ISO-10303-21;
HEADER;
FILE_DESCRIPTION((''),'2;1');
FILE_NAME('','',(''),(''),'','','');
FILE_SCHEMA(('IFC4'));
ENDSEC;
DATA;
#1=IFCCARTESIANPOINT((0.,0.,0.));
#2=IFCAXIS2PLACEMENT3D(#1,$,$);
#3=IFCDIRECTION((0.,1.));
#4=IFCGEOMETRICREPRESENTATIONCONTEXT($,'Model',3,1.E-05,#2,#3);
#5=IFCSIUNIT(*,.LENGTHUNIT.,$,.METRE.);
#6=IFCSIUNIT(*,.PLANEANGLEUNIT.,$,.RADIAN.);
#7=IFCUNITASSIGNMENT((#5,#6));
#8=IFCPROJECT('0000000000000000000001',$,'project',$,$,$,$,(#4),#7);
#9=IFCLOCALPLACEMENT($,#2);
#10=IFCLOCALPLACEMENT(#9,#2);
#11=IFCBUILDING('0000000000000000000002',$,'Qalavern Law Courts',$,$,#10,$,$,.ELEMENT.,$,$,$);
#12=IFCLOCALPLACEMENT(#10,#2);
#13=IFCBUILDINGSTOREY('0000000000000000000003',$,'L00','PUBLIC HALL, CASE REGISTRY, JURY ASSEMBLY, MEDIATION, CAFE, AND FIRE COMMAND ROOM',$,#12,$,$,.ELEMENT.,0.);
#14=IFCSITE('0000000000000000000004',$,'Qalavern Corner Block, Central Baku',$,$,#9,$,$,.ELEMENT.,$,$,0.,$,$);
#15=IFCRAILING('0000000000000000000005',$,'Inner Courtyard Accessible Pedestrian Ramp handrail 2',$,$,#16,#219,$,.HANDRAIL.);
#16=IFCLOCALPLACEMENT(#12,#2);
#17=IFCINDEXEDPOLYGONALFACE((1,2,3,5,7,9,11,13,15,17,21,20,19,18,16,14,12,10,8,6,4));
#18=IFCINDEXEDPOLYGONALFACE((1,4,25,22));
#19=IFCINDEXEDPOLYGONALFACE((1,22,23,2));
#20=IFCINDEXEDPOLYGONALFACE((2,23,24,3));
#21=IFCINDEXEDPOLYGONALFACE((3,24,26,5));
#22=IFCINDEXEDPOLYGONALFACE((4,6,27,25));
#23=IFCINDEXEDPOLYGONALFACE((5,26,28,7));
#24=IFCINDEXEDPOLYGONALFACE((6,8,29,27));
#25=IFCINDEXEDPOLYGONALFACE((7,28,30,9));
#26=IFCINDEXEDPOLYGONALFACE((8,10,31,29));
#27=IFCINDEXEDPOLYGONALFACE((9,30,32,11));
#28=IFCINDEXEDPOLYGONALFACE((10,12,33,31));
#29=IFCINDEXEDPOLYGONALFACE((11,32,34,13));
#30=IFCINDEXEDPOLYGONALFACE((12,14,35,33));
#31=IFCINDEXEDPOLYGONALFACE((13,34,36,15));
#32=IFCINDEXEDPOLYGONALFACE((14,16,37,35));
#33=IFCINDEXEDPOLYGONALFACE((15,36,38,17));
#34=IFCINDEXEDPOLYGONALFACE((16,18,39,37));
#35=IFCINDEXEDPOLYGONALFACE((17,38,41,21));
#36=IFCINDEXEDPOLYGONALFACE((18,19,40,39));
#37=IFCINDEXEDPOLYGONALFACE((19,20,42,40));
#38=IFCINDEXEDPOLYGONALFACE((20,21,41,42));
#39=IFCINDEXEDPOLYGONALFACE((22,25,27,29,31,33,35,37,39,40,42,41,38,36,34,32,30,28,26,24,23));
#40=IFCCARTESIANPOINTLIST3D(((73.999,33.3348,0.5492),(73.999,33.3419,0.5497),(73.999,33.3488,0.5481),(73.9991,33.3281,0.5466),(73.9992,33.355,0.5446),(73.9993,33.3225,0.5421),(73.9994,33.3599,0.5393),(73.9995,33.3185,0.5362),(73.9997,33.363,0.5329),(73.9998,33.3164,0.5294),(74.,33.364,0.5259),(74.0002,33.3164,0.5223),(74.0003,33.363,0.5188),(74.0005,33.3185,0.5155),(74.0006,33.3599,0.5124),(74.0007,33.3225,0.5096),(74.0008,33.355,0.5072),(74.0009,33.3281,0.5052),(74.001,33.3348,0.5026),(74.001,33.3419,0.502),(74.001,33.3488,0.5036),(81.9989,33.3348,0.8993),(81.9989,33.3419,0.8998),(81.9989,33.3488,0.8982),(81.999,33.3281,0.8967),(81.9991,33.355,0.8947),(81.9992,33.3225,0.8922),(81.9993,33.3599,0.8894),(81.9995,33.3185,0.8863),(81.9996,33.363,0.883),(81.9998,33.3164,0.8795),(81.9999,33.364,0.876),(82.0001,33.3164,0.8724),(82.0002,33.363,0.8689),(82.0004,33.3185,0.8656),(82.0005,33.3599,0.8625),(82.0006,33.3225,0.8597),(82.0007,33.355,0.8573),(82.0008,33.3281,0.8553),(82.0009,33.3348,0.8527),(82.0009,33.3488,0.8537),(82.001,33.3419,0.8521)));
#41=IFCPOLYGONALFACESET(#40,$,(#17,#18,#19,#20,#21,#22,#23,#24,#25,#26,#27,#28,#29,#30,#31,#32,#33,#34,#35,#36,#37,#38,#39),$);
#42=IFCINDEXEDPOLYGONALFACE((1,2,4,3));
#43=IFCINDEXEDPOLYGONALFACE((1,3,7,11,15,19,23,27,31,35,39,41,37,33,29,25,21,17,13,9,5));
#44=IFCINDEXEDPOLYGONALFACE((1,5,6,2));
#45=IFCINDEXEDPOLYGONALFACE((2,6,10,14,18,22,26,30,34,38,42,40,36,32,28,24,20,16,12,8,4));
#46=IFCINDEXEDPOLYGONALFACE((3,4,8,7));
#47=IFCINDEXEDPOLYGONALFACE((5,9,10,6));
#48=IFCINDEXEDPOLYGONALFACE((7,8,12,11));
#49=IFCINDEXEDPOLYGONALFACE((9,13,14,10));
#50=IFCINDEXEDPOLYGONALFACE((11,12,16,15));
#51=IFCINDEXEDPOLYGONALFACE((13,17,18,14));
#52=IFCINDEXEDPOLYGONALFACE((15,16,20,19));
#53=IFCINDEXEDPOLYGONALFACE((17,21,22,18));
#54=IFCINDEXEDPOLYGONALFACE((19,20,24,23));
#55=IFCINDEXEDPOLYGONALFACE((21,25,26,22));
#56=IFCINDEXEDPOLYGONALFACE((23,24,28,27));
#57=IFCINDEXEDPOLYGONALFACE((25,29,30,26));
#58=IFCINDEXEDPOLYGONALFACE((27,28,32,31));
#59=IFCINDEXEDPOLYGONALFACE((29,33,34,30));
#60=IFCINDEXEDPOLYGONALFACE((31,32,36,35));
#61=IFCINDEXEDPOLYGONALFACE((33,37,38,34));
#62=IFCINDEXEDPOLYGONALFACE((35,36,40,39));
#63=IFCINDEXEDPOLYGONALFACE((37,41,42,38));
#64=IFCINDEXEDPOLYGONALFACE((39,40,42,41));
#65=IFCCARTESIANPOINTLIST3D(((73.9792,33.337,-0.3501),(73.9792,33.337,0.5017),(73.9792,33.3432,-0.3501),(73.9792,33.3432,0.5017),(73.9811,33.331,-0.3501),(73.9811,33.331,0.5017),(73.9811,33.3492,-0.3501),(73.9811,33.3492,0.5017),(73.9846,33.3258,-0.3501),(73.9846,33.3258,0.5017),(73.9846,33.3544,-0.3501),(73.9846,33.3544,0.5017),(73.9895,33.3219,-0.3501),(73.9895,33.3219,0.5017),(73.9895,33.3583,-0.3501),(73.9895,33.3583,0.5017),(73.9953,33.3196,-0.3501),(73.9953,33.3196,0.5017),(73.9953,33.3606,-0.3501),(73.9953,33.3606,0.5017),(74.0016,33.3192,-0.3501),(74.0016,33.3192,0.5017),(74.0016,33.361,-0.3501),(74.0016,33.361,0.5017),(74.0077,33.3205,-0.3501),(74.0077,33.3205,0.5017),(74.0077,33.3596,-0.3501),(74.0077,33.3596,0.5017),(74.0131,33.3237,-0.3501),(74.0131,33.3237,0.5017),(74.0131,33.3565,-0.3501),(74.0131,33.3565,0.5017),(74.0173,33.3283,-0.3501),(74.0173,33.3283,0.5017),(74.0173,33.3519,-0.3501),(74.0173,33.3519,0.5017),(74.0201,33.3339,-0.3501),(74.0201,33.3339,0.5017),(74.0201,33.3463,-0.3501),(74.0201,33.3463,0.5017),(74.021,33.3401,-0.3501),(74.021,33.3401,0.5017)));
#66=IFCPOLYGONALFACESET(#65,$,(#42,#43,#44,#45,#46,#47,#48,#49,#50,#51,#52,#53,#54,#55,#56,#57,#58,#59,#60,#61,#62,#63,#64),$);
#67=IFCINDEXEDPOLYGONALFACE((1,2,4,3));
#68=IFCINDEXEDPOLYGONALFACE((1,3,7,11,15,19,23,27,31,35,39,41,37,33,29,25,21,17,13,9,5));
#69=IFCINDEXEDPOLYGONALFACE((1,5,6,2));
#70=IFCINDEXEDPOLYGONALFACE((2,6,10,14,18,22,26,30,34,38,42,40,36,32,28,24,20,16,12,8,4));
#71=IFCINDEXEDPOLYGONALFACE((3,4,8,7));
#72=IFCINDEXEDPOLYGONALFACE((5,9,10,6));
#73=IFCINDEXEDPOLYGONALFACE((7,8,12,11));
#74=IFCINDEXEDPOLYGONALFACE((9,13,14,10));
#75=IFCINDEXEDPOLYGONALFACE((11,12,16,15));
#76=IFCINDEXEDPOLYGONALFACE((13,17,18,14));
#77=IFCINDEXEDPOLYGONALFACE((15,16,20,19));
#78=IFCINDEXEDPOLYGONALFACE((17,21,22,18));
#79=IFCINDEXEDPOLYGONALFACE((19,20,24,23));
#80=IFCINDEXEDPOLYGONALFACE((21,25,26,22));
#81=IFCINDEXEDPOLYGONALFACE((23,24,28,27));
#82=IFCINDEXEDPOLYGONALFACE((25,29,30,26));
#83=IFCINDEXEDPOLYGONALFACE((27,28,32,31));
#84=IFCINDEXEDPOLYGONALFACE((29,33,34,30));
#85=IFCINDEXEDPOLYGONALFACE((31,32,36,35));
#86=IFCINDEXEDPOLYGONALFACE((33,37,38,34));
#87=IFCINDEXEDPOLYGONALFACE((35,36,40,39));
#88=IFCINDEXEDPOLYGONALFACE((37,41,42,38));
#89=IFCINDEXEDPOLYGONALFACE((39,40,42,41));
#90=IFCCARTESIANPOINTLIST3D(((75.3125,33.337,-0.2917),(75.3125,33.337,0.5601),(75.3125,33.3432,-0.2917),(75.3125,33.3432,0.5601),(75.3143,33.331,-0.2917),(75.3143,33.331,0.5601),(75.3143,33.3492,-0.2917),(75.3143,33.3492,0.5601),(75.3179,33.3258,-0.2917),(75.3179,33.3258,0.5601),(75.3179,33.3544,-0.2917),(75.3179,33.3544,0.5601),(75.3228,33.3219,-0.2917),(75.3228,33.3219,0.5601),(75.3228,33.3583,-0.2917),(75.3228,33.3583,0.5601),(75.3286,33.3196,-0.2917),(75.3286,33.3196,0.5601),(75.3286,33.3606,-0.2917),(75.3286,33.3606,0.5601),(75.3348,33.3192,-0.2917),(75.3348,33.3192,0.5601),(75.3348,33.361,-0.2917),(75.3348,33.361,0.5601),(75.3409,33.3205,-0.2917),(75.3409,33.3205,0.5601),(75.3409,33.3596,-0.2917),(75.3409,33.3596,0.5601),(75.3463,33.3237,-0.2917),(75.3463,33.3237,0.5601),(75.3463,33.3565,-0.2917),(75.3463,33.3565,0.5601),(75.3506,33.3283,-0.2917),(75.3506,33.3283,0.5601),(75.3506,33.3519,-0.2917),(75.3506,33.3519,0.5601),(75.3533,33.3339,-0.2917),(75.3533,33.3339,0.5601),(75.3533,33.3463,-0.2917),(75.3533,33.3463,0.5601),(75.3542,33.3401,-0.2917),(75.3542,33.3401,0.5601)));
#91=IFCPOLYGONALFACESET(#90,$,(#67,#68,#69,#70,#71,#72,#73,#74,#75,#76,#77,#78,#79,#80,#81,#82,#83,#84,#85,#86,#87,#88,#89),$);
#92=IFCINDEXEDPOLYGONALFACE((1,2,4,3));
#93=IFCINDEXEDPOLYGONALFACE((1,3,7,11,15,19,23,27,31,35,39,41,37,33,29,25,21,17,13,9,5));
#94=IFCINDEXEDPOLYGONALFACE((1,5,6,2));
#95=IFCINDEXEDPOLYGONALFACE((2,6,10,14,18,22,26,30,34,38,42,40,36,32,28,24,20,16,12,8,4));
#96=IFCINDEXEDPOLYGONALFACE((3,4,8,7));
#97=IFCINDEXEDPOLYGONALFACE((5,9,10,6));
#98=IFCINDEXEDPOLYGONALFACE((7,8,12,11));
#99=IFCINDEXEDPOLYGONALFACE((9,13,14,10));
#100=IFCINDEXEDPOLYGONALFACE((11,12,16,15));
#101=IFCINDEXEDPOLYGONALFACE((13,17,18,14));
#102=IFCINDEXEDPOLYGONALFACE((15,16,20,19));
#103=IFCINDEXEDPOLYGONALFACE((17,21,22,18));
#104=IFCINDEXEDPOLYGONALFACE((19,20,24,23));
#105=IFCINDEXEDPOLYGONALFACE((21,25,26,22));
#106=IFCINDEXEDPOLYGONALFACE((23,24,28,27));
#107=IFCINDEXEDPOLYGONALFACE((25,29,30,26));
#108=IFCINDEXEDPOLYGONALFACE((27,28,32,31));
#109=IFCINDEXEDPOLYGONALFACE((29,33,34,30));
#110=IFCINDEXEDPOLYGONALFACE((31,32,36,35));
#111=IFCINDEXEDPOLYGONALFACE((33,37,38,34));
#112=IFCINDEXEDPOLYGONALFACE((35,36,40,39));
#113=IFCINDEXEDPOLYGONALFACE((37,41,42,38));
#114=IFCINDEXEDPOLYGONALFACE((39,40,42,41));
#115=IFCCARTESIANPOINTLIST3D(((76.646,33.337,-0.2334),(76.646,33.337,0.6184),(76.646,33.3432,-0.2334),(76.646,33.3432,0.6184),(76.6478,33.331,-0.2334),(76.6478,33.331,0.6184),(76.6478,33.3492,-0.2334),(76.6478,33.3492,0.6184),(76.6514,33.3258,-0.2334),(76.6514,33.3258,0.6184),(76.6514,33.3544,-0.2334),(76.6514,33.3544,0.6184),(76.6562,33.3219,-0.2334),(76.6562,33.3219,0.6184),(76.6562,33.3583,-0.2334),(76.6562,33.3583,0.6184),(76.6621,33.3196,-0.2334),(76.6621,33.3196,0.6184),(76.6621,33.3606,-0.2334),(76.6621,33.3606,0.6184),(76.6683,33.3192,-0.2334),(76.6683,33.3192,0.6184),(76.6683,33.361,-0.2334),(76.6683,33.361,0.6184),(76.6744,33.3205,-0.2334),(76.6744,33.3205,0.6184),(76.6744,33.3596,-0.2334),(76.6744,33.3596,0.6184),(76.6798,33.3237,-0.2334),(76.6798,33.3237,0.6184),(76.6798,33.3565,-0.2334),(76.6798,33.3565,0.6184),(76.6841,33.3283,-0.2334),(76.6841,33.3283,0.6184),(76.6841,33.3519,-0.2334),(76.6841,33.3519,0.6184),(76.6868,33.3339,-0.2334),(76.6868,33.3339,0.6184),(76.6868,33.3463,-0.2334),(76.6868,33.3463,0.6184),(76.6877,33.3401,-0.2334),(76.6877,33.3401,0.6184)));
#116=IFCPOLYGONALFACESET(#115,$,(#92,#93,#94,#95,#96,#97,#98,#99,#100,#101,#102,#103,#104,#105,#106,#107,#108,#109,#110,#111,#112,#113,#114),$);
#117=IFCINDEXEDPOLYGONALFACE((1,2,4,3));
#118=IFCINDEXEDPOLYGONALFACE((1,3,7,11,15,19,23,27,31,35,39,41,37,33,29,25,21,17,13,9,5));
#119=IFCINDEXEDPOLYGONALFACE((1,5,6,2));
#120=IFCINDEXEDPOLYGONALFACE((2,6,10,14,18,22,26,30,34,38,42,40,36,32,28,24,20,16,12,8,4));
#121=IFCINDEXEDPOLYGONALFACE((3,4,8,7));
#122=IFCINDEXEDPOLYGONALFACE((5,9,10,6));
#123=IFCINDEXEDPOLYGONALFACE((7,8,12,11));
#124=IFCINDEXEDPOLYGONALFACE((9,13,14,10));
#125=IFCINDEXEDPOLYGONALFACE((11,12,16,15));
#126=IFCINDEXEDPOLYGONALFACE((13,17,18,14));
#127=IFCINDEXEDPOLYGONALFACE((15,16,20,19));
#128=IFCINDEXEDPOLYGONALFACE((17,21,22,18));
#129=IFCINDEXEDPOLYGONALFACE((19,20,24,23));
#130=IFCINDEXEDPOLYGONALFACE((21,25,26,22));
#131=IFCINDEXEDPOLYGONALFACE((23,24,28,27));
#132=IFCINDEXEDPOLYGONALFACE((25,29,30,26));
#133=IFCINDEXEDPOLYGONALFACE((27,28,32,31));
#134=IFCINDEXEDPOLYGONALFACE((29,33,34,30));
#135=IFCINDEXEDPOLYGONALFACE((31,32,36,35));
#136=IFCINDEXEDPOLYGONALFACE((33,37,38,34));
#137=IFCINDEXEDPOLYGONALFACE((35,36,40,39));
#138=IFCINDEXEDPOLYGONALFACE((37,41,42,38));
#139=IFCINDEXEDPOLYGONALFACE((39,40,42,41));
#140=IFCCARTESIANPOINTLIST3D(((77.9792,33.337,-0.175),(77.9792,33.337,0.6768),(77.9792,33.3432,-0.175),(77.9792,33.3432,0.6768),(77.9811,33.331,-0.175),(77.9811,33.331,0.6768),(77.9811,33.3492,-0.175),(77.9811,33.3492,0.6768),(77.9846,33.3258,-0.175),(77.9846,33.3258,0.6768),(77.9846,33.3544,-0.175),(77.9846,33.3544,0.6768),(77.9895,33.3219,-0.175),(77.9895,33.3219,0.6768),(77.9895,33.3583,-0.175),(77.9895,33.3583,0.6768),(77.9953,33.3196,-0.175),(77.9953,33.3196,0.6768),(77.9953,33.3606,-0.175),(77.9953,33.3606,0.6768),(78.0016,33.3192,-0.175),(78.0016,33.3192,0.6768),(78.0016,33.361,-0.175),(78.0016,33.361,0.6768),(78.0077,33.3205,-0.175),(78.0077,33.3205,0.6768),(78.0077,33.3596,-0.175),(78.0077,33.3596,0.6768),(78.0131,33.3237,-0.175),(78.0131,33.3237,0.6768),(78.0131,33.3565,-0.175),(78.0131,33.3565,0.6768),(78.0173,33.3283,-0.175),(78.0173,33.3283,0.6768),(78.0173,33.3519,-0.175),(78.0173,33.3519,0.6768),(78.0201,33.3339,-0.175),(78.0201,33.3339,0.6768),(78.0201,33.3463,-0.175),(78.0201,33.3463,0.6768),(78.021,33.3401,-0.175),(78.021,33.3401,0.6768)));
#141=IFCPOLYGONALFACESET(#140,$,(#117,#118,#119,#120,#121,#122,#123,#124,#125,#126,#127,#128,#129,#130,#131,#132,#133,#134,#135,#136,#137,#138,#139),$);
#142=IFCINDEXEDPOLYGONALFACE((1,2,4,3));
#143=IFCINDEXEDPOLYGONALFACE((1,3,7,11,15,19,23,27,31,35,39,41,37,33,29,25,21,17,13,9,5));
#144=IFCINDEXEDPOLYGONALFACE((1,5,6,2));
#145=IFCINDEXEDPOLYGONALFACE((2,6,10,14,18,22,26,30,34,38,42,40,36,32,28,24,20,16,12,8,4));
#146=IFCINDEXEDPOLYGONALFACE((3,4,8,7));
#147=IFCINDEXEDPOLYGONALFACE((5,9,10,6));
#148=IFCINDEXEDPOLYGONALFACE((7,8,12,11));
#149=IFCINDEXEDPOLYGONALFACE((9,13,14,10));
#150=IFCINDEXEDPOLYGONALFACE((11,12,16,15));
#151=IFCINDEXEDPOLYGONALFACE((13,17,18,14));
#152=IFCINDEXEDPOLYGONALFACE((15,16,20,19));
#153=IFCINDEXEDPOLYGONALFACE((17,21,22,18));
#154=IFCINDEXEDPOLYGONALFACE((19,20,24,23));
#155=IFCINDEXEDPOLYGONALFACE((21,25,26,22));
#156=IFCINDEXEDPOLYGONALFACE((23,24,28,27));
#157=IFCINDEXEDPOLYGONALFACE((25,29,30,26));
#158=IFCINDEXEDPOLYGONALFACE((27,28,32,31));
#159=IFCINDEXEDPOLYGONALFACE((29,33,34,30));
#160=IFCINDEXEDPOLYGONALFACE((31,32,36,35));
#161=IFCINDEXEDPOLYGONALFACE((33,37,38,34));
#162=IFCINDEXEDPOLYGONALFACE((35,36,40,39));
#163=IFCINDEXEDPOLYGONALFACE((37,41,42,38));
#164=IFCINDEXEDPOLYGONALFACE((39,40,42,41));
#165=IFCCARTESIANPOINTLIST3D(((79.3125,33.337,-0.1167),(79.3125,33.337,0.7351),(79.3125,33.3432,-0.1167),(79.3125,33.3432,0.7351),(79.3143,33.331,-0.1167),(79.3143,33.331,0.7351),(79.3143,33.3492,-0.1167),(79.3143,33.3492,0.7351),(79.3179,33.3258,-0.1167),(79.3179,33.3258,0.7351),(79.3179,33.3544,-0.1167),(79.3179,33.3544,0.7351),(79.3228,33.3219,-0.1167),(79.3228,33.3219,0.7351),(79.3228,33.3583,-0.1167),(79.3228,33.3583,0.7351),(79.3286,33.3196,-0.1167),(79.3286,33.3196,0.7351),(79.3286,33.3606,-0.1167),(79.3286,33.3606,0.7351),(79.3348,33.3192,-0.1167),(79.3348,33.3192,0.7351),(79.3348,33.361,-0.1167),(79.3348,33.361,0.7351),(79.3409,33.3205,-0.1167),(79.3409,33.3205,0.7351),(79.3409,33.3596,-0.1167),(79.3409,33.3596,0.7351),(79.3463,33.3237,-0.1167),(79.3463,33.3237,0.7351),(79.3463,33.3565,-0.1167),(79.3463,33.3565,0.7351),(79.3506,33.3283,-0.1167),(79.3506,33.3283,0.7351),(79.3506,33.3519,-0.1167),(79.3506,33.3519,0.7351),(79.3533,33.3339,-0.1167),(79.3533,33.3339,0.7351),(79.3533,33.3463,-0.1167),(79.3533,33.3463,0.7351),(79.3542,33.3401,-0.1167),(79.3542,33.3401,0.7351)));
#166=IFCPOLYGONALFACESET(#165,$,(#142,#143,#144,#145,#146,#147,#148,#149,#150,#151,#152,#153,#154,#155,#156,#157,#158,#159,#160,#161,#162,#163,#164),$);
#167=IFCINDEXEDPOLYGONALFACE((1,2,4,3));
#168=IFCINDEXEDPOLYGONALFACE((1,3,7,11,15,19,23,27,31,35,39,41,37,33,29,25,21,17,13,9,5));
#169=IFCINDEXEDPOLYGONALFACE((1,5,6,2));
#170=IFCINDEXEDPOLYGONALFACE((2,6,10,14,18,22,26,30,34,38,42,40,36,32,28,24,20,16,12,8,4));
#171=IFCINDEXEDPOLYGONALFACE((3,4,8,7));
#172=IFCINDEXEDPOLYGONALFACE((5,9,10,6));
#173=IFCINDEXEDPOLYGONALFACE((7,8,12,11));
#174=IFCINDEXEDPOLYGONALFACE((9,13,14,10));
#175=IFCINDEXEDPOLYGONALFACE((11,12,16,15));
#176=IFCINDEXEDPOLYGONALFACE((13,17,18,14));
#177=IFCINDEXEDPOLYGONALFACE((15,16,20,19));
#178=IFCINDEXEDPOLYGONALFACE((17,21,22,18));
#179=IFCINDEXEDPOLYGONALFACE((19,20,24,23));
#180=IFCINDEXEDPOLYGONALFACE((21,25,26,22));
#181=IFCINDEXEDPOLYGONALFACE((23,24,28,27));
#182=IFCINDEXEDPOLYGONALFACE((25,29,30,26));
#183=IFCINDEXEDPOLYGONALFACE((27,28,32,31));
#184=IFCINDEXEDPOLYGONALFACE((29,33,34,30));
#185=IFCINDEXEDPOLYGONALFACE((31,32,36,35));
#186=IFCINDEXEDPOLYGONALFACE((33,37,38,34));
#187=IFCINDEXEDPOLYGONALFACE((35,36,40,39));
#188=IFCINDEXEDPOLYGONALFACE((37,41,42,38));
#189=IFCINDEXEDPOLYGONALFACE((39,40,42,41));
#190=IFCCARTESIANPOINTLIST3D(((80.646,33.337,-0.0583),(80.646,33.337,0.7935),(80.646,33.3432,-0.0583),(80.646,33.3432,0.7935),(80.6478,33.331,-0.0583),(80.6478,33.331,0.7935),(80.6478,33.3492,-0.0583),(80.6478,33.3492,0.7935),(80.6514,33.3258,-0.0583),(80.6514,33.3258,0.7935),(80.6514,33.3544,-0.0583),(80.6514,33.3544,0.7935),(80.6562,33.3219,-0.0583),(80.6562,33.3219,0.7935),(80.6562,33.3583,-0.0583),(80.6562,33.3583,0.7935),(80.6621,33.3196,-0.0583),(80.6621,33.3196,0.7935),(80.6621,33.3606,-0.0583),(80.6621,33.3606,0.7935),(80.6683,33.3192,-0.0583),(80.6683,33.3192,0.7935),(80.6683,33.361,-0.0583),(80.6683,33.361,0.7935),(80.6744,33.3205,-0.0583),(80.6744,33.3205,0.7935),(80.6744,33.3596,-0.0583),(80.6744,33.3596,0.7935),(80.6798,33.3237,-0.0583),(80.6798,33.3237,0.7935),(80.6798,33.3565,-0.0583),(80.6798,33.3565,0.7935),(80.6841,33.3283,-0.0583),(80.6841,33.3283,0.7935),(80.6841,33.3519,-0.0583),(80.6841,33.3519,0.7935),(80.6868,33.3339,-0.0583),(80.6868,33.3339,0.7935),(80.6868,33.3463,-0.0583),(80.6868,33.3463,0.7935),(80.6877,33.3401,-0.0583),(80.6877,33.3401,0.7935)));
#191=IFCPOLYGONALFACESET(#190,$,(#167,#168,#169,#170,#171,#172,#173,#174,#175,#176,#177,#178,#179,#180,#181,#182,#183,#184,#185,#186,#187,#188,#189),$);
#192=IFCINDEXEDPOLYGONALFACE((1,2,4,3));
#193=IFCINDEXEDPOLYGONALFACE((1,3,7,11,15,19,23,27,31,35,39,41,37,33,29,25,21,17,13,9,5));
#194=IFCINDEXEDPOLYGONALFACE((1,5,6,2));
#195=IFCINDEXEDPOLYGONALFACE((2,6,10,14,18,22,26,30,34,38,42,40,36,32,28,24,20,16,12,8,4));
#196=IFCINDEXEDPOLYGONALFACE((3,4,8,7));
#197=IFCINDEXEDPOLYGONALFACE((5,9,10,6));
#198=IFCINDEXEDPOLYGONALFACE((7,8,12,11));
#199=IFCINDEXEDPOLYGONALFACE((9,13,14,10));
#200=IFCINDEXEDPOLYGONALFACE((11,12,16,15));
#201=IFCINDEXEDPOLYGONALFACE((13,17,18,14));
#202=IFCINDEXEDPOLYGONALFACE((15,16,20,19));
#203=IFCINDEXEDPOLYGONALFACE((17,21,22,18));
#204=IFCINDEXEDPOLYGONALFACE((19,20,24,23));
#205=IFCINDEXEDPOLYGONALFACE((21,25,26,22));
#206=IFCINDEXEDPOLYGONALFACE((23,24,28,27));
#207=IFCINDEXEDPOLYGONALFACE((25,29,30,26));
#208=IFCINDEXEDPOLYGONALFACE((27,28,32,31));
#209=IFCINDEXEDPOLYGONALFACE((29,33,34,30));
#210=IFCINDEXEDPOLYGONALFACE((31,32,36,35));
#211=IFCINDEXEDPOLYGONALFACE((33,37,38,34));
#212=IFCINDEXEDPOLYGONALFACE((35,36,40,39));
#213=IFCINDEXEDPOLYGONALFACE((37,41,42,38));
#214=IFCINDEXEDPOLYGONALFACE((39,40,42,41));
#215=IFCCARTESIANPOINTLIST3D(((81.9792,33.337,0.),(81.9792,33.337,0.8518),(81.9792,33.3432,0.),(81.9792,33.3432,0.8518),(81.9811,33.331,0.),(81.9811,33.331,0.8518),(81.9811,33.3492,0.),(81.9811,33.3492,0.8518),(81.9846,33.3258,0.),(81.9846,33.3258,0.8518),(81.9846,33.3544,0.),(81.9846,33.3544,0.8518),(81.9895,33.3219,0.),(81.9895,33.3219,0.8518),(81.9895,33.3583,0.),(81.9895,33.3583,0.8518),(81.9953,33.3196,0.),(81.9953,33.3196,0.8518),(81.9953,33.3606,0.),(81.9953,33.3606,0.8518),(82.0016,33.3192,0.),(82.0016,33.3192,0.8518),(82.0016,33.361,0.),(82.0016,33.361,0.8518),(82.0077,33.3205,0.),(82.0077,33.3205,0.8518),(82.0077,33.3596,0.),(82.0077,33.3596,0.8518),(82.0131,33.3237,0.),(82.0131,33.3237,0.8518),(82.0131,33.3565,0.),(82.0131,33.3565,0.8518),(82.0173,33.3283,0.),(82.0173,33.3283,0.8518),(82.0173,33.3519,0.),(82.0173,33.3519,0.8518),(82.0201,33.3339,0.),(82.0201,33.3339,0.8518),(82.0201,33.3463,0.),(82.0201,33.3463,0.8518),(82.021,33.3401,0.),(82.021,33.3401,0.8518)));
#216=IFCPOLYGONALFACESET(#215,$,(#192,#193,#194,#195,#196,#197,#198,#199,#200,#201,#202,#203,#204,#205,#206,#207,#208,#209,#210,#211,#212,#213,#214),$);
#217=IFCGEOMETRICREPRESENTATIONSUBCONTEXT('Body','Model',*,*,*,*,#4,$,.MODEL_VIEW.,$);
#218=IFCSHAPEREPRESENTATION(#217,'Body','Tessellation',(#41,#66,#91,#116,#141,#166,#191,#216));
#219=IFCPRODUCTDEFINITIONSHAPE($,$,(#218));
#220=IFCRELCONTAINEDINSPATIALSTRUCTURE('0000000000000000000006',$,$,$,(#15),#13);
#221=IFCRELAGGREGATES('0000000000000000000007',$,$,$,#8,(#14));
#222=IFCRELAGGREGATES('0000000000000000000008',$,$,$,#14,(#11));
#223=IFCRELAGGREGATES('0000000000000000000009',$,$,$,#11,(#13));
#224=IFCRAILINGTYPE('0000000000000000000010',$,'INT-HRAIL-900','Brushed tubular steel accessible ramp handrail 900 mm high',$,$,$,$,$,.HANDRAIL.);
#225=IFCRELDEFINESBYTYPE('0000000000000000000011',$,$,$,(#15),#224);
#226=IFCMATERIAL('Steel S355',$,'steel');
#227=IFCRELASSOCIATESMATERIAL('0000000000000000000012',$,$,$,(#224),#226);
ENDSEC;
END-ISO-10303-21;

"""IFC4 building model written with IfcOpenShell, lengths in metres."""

from ifc_helpers import new_model, si_unit, direction, frame, origin, origin_2d, place, context, subcontext, project, spatial, circle, extrude, material, type_object, element, save


model = new_model("IFC4")

# Units and contexts
model_context = context("Model", 3, precision=1e-05, world=origin(), true_north=direction((0.0, 1.0)))
body_context = subcontext(model_context, "Body", "Model", "MODEL_VIEW")
ifc_project = project(units=[si_unit("LENGTHUNIT", "METRE"), si_unit("PLANEANGLEUNIT", "RADIAN")], contexts=[model_context])

# Site, building, storey
site_placement = place(None, origin())
site = spatial("IfcSite", under=ifc_project, at=site_placement, Name="Qalavern Corner Block, Central Baku", CompositionType="ELEMENT", RefElevation=0.0)
building_placement = place(site_placement, origin())
building = spatial("IfcBuilding", under=site, at=building_placement, Name="Qalavern Law Courts", CompositionType="ELEMENT")
storey_placement = place(building_placement, origin())
storey = spatial("IfcBuildingStorey", under=building, at=storey_placement, Name="L00", Description="PUBLIC HALL, CASE REGISTRY, JURY ASSEMBLY, MEDIATION, CAFE, AND FIRE COMMAND ROOM", CompositionType="ELEMENT", Elevation=0.0)

# Railing
ifc_material_1 = material(Name="Steel S355", Category="steel")
railing_type = type_object("IfcRailingType", Name="INT-HRAIL-900", Description="Brushed tubular steel accessible ramp handrail 900 mm high", PredefinedType="HANDRAIL", material=ifc_material_1)
for number, where, name in (
    (1, (74.0, 33.3401, -0.3501), "Inner Courtyard Accessible Pedestrian Ramp handrail 2"),
):
    element("IfcRailing", number, at=place(storey_placement, frame(where)), inside=storey, type_object=railing_type, Name=name, PredefinedType="HANDRAIL", context=body_context, shape_type="SweptSolid", body=[
        extrude(circle(Radius=0.0239, at=origin_2d()), frame((0.0, 0.0, 0.876), z_axis=(0.999044, 0.0, 0.04372), x_axis=(0.0, 1.0, 0.0)), (0.0, 0.0, 1.0), 8.0076),
        extrude(circle(Radius=0.021, at=origin_2d()), origin(), (0.0, 0.0, 1.0), 0.8518),
        extrude(circle(Radius=0.021, at=origin_2d()), frame((1.3333, 0.0, 0.0583)), (0.0, 0.0, 1.0), 0.8518),
        extrude(circle(Radius=0.021, at=origin_2d()), frame((2.6667, 0.0, 0.1167)), (0.0, 0.0, 1.0), 0.8518),
        extrude(circle(Radius=0.021, at=origin_2d()), frame((4.0, 0.0, 0.175)), (0.0, 0.0, 1.0), 0.8518),
        extrude(circle(Radius=0.021, at=origin_2d()), frame((5.3333, 0.0, 0.2334)), (0.0, 0.0, 1.0), 0.8518),
        extrude(circle(Radius=0.021, at=origin_2d()), frame((6.6667, 0.0, 0.2917)), (0.0, 0.0, 1.0), 0.8518),
        extrude(circle(Radius=0.021, at=origin_2d()), frame((8.0, 0.0, 0.3501)), (0.0, 0.0, 1.0), 0.8518),
    ])

save(model, "model.ifc")
